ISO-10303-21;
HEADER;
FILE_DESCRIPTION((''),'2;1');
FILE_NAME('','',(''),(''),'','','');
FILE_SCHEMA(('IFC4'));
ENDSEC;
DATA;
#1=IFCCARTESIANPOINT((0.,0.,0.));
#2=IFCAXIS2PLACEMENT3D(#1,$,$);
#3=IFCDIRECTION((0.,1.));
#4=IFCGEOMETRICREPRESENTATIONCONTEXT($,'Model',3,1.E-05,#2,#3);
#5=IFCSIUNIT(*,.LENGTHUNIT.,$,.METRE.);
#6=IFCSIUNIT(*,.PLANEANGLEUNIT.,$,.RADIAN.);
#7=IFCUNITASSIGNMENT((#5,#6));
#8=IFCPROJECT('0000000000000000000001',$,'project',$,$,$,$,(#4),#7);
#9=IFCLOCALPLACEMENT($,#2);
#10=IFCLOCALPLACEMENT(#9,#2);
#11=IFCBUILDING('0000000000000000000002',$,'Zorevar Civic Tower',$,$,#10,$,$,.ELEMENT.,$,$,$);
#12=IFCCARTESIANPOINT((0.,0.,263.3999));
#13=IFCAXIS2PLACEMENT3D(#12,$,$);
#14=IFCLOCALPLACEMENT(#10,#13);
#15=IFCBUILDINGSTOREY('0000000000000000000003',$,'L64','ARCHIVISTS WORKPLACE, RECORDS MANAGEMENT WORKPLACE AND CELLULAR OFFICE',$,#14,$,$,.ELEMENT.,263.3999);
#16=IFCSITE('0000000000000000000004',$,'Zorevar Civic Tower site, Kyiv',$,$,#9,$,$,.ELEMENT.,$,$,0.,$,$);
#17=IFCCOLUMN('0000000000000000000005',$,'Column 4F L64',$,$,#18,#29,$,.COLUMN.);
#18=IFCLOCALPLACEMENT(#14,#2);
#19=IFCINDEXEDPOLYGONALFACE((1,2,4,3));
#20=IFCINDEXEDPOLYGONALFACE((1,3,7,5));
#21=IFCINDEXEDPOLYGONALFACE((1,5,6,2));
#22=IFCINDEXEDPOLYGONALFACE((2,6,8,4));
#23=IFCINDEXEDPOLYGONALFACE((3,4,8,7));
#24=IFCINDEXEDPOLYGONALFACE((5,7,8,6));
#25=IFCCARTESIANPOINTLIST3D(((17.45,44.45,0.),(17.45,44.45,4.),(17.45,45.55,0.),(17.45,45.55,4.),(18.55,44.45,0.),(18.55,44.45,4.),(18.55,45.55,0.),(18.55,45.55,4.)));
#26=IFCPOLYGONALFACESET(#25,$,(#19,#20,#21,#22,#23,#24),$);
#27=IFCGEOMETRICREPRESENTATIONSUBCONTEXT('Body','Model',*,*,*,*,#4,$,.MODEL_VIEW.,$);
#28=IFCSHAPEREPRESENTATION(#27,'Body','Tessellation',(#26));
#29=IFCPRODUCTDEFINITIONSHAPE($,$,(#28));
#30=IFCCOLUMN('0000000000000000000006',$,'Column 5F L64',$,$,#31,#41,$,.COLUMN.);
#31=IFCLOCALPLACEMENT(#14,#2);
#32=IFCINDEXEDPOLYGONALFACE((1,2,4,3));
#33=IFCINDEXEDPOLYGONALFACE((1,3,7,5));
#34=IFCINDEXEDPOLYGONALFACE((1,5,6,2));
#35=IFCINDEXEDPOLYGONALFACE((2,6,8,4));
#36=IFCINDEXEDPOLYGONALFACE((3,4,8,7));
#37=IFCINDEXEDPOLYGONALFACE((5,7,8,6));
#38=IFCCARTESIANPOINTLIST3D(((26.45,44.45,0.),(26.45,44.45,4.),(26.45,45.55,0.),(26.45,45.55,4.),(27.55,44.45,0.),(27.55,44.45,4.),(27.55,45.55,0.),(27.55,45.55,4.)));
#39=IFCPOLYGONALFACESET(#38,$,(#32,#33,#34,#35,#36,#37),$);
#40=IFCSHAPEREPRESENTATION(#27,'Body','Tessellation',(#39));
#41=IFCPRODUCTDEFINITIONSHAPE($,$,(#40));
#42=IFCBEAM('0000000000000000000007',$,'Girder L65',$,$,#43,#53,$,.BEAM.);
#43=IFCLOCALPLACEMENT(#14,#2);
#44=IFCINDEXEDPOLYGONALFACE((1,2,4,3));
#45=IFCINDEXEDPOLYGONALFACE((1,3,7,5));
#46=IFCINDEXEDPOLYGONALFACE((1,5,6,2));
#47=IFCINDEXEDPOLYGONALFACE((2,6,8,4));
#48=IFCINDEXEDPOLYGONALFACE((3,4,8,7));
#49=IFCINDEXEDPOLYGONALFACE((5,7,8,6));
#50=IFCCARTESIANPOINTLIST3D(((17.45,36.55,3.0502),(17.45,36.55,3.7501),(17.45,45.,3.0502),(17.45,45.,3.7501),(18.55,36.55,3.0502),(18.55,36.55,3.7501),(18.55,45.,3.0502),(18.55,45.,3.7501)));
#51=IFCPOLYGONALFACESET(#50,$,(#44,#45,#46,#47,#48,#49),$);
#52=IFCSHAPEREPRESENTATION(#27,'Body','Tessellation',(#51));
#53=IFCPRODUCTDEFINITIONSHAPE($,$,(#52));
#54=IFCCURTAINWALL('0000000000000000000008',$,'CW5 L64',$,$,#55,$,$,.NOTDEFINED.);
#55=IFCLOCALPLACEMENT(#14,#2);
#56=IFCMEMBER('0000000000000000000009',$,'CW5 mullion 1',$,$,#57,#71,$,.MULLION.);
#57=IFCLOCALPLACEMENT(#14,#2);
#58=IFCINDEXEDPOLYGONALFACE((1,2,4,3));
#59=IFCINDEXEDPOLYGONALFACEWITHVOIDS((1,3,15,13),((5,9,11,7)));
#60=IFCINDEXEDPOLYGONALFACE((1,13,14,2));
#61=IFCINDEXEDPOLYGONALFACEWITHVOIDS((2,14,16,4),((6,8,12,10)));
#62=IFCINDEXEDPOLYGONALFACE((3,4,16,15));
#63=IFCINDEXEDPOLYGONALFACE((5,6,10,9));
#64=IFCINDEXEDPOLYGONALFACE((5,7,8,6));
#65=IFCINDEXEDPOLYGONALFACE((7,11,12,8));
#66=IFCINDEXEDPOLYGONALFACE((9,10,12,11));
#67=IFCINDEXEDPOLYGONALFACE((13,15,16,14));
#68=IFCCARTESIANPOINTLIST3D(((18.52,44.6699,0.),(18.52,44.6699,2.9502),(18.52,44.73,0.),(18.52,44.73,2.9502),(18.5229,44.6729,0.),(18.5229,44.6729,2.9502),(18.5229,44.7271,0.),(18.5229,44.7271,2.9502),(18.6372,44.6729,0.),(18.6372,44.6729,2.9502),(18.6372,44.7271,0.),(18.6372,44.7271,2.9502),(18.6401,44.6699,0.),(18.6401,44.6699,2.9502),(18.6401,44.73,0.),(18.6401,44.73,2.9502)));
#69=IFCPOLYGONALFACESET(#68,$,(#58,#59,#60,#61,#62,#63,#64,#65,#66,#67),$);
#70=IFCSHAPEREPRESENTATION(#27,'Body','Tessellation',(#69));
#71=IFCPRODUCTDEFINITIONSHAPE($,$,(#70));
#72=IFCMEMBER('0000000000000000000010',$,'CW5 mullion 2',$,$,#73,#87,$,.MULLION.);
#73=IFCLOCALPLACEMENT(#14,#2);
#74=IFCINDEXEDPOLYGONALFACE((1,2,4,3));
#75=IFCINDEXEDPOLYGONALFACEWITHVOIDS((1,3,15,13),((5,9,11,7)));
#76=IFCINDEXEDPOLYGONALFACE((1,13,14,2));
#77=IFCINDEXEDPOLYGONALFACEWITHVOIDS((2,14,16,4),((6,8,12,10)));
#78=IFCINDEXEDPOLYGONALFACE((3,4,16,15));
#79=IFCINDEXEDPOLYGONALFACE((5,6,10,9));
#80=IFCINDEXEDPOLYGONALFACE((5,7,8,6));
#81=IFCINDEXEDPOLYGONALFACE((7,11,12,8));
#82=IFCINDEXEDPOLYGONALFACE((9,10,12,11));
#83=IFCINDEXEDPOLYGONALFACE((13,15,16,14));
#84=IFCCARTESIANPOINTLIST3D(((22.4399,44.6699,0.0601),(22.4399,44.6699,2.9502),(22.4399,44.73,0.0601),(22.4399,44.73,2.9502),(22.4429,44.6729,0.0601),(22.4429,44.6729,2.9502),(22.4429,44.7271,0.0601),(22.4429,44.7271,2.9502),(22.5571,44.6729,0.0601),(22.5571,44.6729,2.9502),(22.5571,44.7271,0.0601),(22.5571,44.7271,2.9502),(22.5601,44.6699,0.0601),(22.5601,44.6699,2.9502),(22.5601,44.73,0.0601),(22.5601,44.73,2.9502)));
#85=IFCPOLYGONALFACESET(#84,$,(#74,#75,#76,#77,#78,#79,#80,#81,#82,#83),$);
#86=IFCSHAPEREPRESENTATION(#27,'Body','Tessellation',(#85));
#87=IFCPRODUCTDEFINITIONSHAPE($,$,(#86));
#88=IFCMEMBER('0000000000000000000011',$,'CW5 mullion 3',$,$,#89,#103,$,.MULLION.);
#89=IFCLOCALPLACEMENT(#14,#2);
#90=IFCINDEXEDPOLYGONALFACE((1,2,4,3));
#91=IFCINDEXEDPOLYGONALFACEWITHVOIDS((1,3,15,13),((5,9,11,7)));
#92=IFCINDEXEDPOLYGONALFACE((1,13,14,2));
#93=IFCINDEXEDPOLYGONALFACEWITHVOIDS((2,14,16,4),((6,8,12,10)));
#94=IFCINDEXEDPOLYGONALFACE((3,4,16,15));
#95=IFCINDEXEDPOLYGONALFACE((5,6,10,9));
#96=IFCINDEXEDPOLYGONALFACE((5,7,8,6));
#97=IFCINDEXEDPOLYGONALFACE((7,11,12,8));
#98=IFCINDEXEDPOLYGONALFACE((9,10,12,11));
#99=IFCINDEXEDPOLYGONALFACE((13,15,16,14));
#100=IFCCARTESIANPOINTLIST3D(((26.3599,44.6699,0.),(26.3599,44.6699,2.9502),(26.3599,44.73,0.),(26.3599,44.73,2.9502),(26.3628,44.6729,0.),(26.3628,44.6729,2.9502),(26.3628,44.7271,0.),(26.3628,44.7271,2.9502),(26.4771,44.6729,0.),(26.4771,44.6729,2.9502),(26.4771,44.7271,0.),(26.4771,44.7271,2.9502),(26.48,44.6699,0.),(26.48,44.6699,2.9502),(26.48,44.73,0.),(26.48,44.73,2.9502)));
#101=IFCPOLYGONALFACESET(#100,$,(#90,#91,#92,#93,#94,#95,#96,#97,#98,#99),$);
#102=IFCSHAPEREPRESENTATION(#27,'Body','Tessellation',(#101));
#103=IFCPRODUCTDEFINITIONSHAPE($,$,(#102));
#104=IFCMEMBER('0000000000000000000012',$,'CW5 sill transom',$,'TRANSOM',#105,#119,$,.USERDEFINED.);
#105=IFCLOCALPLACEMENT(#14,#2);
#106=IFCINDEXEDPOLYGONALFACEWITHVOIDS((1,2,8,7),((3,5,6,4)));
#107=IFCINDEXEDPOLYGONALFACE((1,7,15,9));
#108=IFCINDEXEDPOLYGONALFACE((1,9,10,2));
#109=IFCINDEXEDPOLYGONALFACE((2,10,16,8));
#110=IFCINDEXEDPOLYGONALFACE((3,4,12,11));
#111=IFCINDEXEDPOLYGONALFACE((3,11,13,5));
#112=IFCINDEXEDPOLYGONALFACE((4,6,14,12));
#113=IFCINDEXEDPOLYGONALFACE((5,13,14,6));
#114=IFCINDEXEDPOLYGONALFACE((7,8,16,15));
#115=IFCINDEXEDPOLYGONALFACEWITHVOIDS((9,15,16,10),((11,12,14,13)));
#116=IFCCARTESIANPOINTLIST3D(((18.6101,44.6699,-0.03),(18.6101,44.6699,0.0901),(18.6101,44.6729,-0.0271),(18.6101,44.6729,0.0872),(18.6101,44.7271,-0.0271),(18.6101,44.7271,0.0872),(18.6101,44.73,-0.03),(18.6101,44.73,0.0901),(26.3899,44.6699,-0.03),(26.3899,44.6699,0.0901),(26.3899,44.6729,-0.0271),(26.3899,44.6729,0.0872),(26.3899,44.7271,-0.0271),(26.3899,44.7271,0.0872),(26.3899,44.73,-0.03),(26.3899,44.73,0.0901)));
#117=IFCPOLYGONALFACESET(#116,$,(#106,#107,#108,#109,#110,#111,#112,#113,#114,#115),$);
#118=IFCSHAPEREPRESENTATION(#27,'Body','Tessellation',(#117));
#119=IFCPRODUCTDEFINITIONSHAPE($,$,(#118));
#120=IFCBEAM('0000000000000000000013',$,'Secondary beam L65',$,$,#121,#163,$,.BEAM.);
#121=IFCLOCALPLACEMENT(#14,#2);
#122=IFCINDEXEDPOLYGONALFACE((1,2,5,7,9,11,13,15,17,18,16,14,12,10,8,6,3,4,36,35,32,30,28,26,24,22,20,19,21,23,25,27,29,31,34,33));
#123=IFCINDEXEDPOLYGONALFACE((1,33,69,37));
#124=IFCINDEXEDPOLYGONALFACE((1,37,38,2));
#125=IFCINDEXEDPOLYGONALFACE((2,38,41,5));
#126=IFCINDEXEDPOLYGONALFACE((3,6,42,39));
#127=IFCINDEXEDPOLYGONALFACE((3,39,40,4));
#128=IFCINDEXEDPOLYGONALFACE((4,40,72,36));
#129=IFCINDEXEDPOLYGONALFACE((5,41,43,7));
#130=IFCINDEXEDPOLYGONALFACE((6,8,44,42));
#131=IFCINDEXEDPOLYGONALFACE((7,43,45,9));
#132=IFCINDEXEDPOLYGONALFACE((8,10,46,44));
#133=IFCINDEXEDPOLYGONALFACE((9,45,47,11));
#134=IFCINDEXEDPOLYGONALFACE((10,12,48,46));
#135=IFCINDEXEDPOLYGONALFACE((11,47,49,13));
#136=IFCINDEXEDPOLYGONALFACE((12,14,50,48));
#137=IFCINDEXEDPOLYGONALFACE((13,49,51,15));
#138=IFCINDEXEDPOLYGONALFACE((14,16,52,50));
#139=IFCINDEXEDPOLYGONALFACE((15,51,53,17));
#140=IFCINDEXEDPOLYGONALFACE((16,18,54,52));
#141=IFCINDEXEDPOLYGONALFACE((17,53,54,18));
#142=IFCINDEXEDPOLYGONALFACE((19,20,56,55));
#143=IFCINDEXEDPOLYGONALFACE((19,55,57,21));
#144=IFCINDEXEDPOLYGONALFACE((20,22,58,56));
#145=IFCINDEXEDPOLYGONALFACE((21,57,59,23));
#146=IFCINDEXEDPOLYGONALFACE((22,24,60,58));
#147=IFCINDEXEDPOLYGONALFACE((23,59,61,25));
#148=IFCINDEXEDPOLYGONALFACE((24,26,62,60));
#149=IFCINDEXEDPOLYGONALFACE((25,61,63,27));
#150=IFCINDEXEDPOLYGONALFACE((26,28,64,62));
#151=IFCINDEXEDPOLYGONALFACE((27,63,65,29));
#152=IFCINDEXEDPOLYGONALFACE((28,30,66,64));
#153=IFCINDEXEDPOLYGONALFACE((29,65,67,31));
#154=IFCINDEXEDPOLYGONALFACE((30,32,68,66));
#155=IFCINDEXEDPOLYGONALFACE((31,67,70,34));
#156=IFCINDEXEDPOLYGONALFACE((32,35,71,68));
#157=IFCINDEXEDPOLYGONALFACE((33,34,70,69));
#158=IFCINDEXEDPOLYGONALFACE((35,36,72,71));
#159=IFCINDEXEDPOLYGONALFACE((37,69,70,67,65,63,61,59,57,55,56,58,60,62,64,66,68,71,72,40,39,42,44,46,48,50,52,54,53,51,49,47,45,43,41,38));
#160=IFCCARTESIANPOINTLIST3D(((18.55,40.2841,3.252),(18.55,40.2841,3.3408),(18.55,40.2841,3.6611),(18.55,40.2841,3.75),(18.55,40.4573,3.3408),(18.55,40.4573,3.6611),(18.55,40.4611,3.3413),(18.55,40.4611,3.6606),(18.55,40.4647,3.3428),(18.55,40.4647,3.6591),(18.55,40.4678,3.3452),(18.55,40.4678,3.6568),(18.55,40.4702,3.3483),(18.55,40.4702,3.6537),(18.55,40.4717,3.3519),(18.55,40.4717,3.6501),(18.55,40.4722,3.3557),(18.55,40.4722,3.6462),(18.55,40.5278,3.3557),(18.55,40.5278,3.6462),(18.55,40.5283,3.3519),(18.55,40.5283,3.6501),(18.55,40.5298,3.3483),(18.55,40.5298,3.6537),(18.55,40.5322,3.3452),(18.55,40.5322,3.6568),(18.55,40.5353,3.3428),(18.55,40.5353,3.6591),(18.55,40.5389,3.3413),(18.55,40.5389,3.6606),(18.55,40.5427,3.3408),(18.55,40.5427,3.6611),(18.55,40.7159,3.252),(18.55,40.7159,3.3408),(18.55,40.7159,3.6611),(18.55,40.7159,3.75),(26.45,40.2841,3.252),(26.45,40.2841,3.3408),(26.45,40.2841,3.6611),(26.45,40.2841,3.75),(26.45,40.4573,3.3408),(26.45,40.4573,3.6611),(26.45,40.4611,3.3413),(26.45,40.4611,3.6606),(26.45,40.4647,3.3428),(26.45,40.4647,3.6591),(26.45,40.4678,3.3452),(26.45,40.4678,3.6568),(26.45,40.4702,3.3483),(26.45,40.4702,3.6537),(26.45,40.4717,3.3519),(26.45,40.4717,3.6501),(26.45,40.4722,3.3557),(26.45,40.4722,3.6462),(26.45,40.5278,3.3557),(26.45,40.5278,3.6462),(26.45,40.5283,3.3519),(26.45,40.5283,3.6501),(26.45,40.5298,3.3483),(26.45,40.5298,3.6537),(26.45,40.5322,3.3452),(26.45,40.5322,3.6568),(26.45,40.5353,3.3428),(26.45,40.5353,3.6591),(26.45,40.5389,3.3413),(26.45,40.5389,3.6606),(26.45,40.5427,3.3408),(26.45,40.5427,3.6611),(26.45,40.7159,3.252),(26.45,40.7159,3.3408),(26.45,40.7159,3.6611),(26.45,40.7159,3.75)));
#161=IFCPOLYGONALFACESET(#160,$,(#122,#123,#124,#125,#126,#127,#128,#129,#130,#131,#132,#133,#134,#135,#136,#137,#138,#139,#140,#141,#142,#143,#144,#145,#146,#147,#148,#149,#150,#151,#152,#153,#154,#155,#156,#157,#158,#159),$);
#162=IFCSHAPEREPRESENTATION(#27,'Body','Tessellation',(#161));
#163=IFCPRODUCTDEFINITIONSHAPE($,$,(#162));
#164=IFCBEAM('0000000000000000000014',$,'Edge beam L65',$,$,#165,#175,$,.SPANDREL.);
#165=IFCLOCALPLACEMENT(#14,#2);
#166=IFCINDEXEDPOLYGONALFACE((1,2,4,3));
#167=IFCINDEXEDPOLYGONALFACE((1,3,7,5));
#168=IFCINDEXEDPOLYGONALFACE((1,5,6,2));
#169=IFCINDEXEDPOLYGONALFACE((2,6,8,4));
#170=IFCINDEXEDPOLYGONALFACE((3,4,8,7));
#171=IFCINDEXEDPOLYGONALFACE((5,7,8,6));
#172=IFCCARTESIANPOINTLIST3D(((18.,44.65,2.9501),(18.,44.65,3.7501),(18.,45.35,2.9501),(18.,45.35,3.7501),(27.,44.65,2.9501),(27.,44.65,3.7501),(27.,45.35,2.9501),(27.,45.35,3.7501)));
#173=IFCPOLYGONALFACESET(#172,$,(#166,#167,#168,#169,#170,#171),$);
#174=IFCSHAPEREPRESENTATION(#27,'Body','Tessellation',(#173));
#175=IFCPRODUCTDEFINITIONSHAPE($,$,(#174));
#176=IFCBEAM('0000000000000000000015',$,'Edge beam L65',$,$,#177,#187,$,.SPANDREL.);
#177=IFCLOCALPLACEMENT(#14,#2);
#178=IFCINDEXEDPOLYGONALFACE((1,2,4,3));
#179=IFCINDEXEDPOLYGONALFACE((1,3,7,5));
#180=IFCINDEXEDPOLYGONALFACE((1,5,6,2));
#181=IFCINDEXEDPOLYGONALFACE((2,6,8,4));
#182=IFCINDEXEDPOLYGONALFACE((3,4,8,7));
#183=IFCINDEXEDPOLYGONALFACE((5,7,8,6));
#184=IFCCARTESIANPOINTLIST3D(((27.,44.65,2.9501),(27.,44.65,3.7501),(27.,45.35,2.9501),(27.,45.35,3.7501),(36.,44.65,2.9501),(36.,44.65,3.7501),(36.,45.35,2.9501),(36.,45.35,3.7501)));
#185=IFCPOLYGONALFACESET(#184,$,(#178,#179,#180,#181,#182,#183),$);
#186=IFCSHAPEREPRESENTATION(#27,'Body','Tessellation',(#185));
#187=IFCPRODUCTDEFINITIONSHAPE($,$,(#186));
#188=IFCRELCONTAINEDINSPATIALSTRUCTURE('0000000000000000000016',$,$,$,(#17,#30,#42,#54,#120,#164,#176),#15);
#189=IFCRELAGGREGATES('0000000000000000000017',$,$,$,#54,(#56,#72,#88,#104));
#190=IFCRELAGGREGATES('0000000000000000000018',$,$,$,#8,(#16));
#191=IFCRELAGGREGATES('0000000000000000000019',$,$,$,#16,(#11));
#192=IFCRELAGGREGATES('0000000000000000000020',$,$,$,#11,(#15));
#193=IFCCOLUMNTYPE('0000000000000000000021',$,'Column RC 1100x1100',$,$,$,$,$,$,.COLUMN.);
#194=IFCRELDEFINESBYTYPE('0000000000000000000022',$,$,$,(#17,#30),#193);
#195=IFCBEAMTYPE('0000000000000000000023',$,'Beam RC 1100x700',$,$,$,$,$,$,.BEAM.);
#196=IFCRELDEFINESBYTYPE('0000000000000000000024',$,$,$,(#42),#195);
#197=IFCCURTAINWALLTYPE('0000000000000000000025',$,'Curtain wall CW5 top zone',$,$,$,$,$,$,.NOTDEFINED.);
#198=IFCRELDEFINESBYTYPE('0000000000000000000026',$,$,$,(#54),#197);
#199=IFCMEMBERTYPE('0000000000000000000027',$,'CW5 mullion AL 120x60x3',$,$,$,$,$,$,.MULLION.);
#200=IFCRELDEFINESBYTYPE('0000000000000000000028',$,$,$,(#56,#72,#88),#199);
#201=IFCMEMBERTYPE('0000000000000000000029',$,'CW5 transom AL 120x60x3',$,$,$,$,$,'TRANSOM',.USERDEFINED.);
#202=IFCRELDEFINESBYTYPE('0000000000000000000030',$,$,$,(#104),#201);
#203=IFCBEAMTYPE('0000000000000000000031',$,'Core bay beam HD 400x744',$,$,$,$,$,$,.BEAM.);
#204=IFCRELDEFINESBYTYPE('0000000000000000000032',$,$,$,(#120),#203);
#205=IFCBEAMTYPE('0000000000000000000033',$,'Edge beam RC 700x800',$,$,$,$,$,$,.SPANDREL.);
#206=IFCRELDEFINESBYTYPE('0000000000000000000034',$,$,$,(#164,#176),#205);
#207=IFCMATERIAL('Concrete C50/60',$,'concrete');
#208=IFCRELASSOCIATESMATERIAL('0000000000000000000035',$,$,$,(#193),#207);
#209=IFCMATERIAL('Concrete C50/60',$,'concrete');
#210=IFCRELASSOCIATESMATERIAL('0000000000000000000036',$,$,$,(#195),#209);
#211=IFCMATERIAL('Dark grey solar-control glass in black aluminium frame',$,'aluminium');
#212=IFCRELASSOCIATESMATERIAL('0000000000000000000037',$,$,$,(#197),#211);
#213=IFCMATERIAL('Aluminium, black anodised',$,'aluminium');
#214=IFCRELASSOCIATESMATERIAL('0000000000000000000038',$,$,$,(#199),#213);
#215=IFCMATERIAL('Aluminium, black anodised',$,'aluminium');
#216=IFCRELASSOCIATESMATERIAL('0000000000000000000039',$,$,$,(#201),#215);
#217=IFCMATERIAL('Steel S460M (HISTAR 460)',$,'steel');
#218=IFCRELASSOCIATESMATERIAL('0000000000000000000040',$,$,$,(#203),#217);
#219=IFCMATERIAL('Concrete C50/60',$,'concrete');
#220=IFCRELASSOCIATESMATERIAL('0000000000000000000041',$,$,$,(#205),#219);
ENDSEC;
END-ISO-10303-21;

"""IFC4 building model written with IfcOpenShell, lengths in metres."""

from ifc_helpers import new_model, si_unit, direction, frame, origin, origin_2d, place, context, subcontext, project, spatial, rectangle, hollow_rectangle, i_section, extrude, material, material_profile, profile_set, type_object, element, aggregate, save


model = new_model("IFC4")

# Units and contexts
model_context = context("Model", 3, precision=1e-05, world=origin(), true_north=direction((0.0, 1.0)))
body_context = subcontext(model_context, "Body", "Model", "MODEL_VIEW")
ifc_project = project(units=[si_unit("LENGTHUNIT", "METRE"), si_unit("PLANEANGLEUNIT", "RADIAN")], contexts=[model_context])

# Site, building, storey
site_placement = place(None, origin())
site = spatial("IfcSite", under=ifc_project, at=site_placement, Name="Zorevar Civic Tower site, Kyiv", CompositionType="ELEMENT", RefElevation=0.0)
building_placement = place(site_placement, origin())
building = spatial("IfcBuilding", under=site, at=building_placement, Name="Zorevar Civic Tower", CompositionType="ELEMENT")
storey_placement = place(building_placement, frame((0.0, 0.0, 263.3999)))
storey = spatial("IfcBuildingStorey", under=building, at=storey_placement, Name="L64", Description="ARCHIVISTS WORKPLACE, RECORDS MANAGEMENT WORKPLACE AND CELLULAR OFFICE", CompositionType="ELEMENT", Elevation=263.3999)

# Columns
ifc_material_1 = material(Name="Concrete C50/60", Category="concrete")
ifc_material_profile_1 = material_profile(ifc_material_1, rectangle(XDim=1.1001, YDim=1.1001, at=origin_2d()), Name="RC 1100x1100")
ifc_profile_set_1 = profile_set([ifc_material_profile_1], Name="Concrete C50/60")
column_type = type_object("IfcColumnType", Name="Column RC 1100x1100", PredefinedType="COLUMN", material=ifc_profile_set_1)
for number, where, z_axis, x_axis, name in (
    (1, (18.0, 45.0, 0.0), (0.0, 0.0, 1.0), (1.0, 0.0, 0.0), "Column 4F L64"),
    (2, (27.0, 45.0, 0.0), (0.0, 0.0, 1.0), (1.0, 0.0, 0.0), "Column 5F L64"),
):
    element("IfcColumn", number, at=place(storey_placement, frame(where, z_axis=z_axis, x_axis=x_axis)), inside=storey, type_object=column_type, Name=name, PredefinedType="COLUMN", context=body_context, shape_type="SweptSolid", body=[
        extrude(rectangle(XDim=1.1001, YDim=1.1001, at=origin_2d()), origin(), (0.0, 0.0, 1.0), 4.0),
    ])

# Beam
ifc_material_2 = material(Name="Concrete C50/60", Category="concrete")
ifc_material_profile_2 = material_profile(ifc_material_2, rectangle(XDim=1.1001, YDim=0.7, at=origin_2d()), Name="RC 1100x700")
ifc_profile_set_2 = profile_set([ifc_material_profile_2], Name="Concrete C50/60")
beam_type_1 = type_object("IfcBeamType", Name="Beam RC 1100x700", PredefinedType="BEAM", material=ifc_profile_set_2)
beam_1_placement = place(storey_placement, frame((18.0, 36.55, 3.4001), z_axis=(0.0, 1.0, 0.0), x_axis=(-1.0, 0.0, 0.0)))
element("IfcBeam", 3, at=beam_1_placement, inside=storey, type_object=beam_type_1, Name="Girder L65", PredefinedType="BEAM", context=body_context, shape_type="SweptSolid", body=[
    extrude(rectangle(XDim=1.1001, YDim=0.7, at=origin_2d()), origin(), (0.0, 0.0, 1.0), 8.45),
])

# Curtain wall, members
ifc_material_3 = material(Name="Dark grey solar-control glass in black aluminium frame", Category="aluminium")
curtain_wall_type = type_object("IfcCurtainWallType", Name="Curtain wall CW5 top zone", PredefinedType="NOTDEFINED", material=ifc_material_3)
curtain_wall_placement = place(storey_placement, origin())
curtain_wall = element("IfcCurtainWall", 4, at=curtain_wall_placement, inside=storey, type_object=curtain_wall_type, Name="CW5 L64", PredefinedType="NOTDEFINED")
ifc_material_4 = material(Name="Aluminium, black anodised", Category="aluminium")
ifc_material_profile_3 = material_profile(ifc_material_4, hollow_rectangle(XDim=0.0601, YDim=0.1201, WallThickness=0.0029, at=origin_2d()), Name="AL 120x60x3")
ifc_profile_set_3 = profile_set([ifc_material_profile_3], Name="Aluminium, black anodised")
member_type_1 = type_object("IfcMemberType", Name="CW5 mullion AL 120x60x3", PredefinedType="MULLION", material=ifc_profile_set_3)
member_1_placement = place(storey_placement, frame((18.5801, 44.7, 0.0), z_axis=(0.0, 0.0, 1.0), x_axis=(0.0, 1.0, 0.0)))
member_1 = element("IfcMember", 5, at=member_1_placement, type_object=member_type_1, Name="CW5 mullion 1", PredefinedType="MULLION", context=body_context, shape_type="SweptSolid", body=[
    extrude(hollow_rectangle(XDim=0.0601, YDim=0.1201, WallThickness=0.0029, at=origin_2d()), origin(), (0.0, 0.0, 1.0), 2.9502),
])
member_2_placement = place(storey_placement, frame((22.5, 44.7, 0.0601), z_axis=(0.0, 0.0, 1.0), x_axis=(0.0, 1.0, 0.0)))
member_2 = element("IfcMember", 6, at=member_2_placement, type_object=member_type_1, Name="CW5 mullion 2", PredefinedType="MULLION", context=body_context, shape_type="SweptSolid", body=[
    extrude(hollow_rectangle(XDim=0.0601, YDim=0.1201, WallThickness=0.0029, at=origin_2d()), origin(), (0.0, 0.0, 1.0), 2.8901),
])
member_3_placement = place(storey_placement, frame((26.4199, 44.7, 0.0), z_axis=(0.0, 0.0, 1.0), x_axis=(0.0, 1.0, 0.0)))
member_3 = element("IfcMember", 7, at=member_3_placement, type_object=member_type_1, Name="CW5 mullion 3", PredefinedType="MULLION", context=body_context, shape_type="SweptSolid", body=[
    extrude(hollow_rectangle(XDim=0.0601, YDim=0.1201, WallThickness=0.0029, at=origin_2d()), origin(), (0.0, 0.0, 1.0), 2.9502),
])
ifc_material_5 = material(Name="Aluminium, black anodised", Category="aluminium")
ifc_material_profile_4 = material_profile(ifc_material_5, hollow_rectangle(XDim=0.0601, YDim=0.1201, WallThickness=0.0029, at=origin_2d()), Name="AL 120x60x3")
ifc_profile_set_4 = profile_set([ifc_material_profile_4], Name="Aluminium, black anodised")
member_type_2 = type_object("IfcMemberType", Name="CW5 transom AL 120x60x3", ElementType="TRANSOM", PredefinedType="USERDEFINED", material=ifc_profile_set_4)
member_4_placement = place(storey_placement, frame((18.6101, 44.7, 0.03), z_axis=(1.0, 0.0, 0.0), x_axis=(0.0, 1.0, 0.0)))
member_4 = element("IfcMember", 8, at=member_4_placement, type_object=member_type_2, Name="CW5 sill transom", ObjectType="TRANSOM", PredefinedType="USERDEFINED", context=body_context, shape_type="SweptSolid", body=[
    extrude(hollow_rectangle(XDim=0.0601, YDim=0.1201, WallThickness=0.0029, at=origin_2d()), origin(), (0.0, 0.0, 1.0), 7.7798),
])

# Beams
ifc_material_6 = material(Name="Steel S460M (HISTAR 460)", Category="steel")
ifc_material_profile_5 = material_profile(ifc_material_6, i_section(OverallWidth=0.4319, OverallDepth=0.498, WebThickness=0.0557, FlangeThickness=0.0889, FilletRadius=0.0149, at=origin_2d()), Name="HD 400x744")
ifc_profile_set_5 = profile_set([ifc_material_profile_5], Name="Steel S460M (HISTAR 460)")
beam_type_2 = type_object("IfcBeamType", Name="Core bay beam HD 400x744", PredefinedType="BEAM", material=ifc_profile_set_5)
beam_2_placement = place(storey_placement, frame((18.55, 40.5, 3.501), z_axis=(1.0, 0.0, 0.0), x_axis=(0.0, 1.0, 0.0)))
element("IfcBeam", 9, at=beam_2_placement, inside=storey, type_object=beam_type_2, Name="Secondary beam L65", PredefinedType="BEAM", context=body_context, shape_type="SweptSolid", body=[
    extrude(i_section(OverallWidth=0.4319, OverallDepth=0.498, WebThickness=0.0557, FlangeThickness=0.0889, FilletRadius=0.0149, at=origin_2d()), origin(), (0.0, 0.0, 1.0), 7.8999),
])
ifc_material_7 = material(Name="Concrete C50/60", Category="concrete")
ifc_material_profile_6 = material_profile(ifc_material_7, rectangle(XDim=0.7, YDim=0.8, at=origin_2d()), Name="RC 700x800")
ifc_profile_set_6 = profile_set([ifc_material_profile_6], Name="Concrete C50/60")
beam_type_3 = type_object("IfcBeamType", Name="Edge beam RC 700x800", PredefinedType="SPANDREL", material=ifc_profile_set_6)
for number, where, z_axis, x_axis, name in (
    (10, (18.0, 45.0, 3.3501), (1.0, 0.0, 0.0), (0.0, 1.0, 0.0), "Edge beam L65"),
    (11, (27.0, 45.0, 3.3501), (1.0, 0.0, 0.0), (0.0, 1.0, 0.0), "Edge beam L65"),
):
    element("IfcBeam", number, at=place(storey_placement, frame(where, z_axis=z_axis, x_axis=x_axis)), inside=storey, type_object=beam_type_3, Name=name, PredefinedType="SPANDREL", context=body_context, shape_type="SweptSolid", body=[
        extrude(rectangle(XDim=0.7, YDim=0.8, at=origin_2d()), origin(), (0.0, 0.0, 1.0), 9.0),
    ])

aggregate(curtain_wall, [member_1, member_2, member_3, member_4])

save(model, "model.ifc")
